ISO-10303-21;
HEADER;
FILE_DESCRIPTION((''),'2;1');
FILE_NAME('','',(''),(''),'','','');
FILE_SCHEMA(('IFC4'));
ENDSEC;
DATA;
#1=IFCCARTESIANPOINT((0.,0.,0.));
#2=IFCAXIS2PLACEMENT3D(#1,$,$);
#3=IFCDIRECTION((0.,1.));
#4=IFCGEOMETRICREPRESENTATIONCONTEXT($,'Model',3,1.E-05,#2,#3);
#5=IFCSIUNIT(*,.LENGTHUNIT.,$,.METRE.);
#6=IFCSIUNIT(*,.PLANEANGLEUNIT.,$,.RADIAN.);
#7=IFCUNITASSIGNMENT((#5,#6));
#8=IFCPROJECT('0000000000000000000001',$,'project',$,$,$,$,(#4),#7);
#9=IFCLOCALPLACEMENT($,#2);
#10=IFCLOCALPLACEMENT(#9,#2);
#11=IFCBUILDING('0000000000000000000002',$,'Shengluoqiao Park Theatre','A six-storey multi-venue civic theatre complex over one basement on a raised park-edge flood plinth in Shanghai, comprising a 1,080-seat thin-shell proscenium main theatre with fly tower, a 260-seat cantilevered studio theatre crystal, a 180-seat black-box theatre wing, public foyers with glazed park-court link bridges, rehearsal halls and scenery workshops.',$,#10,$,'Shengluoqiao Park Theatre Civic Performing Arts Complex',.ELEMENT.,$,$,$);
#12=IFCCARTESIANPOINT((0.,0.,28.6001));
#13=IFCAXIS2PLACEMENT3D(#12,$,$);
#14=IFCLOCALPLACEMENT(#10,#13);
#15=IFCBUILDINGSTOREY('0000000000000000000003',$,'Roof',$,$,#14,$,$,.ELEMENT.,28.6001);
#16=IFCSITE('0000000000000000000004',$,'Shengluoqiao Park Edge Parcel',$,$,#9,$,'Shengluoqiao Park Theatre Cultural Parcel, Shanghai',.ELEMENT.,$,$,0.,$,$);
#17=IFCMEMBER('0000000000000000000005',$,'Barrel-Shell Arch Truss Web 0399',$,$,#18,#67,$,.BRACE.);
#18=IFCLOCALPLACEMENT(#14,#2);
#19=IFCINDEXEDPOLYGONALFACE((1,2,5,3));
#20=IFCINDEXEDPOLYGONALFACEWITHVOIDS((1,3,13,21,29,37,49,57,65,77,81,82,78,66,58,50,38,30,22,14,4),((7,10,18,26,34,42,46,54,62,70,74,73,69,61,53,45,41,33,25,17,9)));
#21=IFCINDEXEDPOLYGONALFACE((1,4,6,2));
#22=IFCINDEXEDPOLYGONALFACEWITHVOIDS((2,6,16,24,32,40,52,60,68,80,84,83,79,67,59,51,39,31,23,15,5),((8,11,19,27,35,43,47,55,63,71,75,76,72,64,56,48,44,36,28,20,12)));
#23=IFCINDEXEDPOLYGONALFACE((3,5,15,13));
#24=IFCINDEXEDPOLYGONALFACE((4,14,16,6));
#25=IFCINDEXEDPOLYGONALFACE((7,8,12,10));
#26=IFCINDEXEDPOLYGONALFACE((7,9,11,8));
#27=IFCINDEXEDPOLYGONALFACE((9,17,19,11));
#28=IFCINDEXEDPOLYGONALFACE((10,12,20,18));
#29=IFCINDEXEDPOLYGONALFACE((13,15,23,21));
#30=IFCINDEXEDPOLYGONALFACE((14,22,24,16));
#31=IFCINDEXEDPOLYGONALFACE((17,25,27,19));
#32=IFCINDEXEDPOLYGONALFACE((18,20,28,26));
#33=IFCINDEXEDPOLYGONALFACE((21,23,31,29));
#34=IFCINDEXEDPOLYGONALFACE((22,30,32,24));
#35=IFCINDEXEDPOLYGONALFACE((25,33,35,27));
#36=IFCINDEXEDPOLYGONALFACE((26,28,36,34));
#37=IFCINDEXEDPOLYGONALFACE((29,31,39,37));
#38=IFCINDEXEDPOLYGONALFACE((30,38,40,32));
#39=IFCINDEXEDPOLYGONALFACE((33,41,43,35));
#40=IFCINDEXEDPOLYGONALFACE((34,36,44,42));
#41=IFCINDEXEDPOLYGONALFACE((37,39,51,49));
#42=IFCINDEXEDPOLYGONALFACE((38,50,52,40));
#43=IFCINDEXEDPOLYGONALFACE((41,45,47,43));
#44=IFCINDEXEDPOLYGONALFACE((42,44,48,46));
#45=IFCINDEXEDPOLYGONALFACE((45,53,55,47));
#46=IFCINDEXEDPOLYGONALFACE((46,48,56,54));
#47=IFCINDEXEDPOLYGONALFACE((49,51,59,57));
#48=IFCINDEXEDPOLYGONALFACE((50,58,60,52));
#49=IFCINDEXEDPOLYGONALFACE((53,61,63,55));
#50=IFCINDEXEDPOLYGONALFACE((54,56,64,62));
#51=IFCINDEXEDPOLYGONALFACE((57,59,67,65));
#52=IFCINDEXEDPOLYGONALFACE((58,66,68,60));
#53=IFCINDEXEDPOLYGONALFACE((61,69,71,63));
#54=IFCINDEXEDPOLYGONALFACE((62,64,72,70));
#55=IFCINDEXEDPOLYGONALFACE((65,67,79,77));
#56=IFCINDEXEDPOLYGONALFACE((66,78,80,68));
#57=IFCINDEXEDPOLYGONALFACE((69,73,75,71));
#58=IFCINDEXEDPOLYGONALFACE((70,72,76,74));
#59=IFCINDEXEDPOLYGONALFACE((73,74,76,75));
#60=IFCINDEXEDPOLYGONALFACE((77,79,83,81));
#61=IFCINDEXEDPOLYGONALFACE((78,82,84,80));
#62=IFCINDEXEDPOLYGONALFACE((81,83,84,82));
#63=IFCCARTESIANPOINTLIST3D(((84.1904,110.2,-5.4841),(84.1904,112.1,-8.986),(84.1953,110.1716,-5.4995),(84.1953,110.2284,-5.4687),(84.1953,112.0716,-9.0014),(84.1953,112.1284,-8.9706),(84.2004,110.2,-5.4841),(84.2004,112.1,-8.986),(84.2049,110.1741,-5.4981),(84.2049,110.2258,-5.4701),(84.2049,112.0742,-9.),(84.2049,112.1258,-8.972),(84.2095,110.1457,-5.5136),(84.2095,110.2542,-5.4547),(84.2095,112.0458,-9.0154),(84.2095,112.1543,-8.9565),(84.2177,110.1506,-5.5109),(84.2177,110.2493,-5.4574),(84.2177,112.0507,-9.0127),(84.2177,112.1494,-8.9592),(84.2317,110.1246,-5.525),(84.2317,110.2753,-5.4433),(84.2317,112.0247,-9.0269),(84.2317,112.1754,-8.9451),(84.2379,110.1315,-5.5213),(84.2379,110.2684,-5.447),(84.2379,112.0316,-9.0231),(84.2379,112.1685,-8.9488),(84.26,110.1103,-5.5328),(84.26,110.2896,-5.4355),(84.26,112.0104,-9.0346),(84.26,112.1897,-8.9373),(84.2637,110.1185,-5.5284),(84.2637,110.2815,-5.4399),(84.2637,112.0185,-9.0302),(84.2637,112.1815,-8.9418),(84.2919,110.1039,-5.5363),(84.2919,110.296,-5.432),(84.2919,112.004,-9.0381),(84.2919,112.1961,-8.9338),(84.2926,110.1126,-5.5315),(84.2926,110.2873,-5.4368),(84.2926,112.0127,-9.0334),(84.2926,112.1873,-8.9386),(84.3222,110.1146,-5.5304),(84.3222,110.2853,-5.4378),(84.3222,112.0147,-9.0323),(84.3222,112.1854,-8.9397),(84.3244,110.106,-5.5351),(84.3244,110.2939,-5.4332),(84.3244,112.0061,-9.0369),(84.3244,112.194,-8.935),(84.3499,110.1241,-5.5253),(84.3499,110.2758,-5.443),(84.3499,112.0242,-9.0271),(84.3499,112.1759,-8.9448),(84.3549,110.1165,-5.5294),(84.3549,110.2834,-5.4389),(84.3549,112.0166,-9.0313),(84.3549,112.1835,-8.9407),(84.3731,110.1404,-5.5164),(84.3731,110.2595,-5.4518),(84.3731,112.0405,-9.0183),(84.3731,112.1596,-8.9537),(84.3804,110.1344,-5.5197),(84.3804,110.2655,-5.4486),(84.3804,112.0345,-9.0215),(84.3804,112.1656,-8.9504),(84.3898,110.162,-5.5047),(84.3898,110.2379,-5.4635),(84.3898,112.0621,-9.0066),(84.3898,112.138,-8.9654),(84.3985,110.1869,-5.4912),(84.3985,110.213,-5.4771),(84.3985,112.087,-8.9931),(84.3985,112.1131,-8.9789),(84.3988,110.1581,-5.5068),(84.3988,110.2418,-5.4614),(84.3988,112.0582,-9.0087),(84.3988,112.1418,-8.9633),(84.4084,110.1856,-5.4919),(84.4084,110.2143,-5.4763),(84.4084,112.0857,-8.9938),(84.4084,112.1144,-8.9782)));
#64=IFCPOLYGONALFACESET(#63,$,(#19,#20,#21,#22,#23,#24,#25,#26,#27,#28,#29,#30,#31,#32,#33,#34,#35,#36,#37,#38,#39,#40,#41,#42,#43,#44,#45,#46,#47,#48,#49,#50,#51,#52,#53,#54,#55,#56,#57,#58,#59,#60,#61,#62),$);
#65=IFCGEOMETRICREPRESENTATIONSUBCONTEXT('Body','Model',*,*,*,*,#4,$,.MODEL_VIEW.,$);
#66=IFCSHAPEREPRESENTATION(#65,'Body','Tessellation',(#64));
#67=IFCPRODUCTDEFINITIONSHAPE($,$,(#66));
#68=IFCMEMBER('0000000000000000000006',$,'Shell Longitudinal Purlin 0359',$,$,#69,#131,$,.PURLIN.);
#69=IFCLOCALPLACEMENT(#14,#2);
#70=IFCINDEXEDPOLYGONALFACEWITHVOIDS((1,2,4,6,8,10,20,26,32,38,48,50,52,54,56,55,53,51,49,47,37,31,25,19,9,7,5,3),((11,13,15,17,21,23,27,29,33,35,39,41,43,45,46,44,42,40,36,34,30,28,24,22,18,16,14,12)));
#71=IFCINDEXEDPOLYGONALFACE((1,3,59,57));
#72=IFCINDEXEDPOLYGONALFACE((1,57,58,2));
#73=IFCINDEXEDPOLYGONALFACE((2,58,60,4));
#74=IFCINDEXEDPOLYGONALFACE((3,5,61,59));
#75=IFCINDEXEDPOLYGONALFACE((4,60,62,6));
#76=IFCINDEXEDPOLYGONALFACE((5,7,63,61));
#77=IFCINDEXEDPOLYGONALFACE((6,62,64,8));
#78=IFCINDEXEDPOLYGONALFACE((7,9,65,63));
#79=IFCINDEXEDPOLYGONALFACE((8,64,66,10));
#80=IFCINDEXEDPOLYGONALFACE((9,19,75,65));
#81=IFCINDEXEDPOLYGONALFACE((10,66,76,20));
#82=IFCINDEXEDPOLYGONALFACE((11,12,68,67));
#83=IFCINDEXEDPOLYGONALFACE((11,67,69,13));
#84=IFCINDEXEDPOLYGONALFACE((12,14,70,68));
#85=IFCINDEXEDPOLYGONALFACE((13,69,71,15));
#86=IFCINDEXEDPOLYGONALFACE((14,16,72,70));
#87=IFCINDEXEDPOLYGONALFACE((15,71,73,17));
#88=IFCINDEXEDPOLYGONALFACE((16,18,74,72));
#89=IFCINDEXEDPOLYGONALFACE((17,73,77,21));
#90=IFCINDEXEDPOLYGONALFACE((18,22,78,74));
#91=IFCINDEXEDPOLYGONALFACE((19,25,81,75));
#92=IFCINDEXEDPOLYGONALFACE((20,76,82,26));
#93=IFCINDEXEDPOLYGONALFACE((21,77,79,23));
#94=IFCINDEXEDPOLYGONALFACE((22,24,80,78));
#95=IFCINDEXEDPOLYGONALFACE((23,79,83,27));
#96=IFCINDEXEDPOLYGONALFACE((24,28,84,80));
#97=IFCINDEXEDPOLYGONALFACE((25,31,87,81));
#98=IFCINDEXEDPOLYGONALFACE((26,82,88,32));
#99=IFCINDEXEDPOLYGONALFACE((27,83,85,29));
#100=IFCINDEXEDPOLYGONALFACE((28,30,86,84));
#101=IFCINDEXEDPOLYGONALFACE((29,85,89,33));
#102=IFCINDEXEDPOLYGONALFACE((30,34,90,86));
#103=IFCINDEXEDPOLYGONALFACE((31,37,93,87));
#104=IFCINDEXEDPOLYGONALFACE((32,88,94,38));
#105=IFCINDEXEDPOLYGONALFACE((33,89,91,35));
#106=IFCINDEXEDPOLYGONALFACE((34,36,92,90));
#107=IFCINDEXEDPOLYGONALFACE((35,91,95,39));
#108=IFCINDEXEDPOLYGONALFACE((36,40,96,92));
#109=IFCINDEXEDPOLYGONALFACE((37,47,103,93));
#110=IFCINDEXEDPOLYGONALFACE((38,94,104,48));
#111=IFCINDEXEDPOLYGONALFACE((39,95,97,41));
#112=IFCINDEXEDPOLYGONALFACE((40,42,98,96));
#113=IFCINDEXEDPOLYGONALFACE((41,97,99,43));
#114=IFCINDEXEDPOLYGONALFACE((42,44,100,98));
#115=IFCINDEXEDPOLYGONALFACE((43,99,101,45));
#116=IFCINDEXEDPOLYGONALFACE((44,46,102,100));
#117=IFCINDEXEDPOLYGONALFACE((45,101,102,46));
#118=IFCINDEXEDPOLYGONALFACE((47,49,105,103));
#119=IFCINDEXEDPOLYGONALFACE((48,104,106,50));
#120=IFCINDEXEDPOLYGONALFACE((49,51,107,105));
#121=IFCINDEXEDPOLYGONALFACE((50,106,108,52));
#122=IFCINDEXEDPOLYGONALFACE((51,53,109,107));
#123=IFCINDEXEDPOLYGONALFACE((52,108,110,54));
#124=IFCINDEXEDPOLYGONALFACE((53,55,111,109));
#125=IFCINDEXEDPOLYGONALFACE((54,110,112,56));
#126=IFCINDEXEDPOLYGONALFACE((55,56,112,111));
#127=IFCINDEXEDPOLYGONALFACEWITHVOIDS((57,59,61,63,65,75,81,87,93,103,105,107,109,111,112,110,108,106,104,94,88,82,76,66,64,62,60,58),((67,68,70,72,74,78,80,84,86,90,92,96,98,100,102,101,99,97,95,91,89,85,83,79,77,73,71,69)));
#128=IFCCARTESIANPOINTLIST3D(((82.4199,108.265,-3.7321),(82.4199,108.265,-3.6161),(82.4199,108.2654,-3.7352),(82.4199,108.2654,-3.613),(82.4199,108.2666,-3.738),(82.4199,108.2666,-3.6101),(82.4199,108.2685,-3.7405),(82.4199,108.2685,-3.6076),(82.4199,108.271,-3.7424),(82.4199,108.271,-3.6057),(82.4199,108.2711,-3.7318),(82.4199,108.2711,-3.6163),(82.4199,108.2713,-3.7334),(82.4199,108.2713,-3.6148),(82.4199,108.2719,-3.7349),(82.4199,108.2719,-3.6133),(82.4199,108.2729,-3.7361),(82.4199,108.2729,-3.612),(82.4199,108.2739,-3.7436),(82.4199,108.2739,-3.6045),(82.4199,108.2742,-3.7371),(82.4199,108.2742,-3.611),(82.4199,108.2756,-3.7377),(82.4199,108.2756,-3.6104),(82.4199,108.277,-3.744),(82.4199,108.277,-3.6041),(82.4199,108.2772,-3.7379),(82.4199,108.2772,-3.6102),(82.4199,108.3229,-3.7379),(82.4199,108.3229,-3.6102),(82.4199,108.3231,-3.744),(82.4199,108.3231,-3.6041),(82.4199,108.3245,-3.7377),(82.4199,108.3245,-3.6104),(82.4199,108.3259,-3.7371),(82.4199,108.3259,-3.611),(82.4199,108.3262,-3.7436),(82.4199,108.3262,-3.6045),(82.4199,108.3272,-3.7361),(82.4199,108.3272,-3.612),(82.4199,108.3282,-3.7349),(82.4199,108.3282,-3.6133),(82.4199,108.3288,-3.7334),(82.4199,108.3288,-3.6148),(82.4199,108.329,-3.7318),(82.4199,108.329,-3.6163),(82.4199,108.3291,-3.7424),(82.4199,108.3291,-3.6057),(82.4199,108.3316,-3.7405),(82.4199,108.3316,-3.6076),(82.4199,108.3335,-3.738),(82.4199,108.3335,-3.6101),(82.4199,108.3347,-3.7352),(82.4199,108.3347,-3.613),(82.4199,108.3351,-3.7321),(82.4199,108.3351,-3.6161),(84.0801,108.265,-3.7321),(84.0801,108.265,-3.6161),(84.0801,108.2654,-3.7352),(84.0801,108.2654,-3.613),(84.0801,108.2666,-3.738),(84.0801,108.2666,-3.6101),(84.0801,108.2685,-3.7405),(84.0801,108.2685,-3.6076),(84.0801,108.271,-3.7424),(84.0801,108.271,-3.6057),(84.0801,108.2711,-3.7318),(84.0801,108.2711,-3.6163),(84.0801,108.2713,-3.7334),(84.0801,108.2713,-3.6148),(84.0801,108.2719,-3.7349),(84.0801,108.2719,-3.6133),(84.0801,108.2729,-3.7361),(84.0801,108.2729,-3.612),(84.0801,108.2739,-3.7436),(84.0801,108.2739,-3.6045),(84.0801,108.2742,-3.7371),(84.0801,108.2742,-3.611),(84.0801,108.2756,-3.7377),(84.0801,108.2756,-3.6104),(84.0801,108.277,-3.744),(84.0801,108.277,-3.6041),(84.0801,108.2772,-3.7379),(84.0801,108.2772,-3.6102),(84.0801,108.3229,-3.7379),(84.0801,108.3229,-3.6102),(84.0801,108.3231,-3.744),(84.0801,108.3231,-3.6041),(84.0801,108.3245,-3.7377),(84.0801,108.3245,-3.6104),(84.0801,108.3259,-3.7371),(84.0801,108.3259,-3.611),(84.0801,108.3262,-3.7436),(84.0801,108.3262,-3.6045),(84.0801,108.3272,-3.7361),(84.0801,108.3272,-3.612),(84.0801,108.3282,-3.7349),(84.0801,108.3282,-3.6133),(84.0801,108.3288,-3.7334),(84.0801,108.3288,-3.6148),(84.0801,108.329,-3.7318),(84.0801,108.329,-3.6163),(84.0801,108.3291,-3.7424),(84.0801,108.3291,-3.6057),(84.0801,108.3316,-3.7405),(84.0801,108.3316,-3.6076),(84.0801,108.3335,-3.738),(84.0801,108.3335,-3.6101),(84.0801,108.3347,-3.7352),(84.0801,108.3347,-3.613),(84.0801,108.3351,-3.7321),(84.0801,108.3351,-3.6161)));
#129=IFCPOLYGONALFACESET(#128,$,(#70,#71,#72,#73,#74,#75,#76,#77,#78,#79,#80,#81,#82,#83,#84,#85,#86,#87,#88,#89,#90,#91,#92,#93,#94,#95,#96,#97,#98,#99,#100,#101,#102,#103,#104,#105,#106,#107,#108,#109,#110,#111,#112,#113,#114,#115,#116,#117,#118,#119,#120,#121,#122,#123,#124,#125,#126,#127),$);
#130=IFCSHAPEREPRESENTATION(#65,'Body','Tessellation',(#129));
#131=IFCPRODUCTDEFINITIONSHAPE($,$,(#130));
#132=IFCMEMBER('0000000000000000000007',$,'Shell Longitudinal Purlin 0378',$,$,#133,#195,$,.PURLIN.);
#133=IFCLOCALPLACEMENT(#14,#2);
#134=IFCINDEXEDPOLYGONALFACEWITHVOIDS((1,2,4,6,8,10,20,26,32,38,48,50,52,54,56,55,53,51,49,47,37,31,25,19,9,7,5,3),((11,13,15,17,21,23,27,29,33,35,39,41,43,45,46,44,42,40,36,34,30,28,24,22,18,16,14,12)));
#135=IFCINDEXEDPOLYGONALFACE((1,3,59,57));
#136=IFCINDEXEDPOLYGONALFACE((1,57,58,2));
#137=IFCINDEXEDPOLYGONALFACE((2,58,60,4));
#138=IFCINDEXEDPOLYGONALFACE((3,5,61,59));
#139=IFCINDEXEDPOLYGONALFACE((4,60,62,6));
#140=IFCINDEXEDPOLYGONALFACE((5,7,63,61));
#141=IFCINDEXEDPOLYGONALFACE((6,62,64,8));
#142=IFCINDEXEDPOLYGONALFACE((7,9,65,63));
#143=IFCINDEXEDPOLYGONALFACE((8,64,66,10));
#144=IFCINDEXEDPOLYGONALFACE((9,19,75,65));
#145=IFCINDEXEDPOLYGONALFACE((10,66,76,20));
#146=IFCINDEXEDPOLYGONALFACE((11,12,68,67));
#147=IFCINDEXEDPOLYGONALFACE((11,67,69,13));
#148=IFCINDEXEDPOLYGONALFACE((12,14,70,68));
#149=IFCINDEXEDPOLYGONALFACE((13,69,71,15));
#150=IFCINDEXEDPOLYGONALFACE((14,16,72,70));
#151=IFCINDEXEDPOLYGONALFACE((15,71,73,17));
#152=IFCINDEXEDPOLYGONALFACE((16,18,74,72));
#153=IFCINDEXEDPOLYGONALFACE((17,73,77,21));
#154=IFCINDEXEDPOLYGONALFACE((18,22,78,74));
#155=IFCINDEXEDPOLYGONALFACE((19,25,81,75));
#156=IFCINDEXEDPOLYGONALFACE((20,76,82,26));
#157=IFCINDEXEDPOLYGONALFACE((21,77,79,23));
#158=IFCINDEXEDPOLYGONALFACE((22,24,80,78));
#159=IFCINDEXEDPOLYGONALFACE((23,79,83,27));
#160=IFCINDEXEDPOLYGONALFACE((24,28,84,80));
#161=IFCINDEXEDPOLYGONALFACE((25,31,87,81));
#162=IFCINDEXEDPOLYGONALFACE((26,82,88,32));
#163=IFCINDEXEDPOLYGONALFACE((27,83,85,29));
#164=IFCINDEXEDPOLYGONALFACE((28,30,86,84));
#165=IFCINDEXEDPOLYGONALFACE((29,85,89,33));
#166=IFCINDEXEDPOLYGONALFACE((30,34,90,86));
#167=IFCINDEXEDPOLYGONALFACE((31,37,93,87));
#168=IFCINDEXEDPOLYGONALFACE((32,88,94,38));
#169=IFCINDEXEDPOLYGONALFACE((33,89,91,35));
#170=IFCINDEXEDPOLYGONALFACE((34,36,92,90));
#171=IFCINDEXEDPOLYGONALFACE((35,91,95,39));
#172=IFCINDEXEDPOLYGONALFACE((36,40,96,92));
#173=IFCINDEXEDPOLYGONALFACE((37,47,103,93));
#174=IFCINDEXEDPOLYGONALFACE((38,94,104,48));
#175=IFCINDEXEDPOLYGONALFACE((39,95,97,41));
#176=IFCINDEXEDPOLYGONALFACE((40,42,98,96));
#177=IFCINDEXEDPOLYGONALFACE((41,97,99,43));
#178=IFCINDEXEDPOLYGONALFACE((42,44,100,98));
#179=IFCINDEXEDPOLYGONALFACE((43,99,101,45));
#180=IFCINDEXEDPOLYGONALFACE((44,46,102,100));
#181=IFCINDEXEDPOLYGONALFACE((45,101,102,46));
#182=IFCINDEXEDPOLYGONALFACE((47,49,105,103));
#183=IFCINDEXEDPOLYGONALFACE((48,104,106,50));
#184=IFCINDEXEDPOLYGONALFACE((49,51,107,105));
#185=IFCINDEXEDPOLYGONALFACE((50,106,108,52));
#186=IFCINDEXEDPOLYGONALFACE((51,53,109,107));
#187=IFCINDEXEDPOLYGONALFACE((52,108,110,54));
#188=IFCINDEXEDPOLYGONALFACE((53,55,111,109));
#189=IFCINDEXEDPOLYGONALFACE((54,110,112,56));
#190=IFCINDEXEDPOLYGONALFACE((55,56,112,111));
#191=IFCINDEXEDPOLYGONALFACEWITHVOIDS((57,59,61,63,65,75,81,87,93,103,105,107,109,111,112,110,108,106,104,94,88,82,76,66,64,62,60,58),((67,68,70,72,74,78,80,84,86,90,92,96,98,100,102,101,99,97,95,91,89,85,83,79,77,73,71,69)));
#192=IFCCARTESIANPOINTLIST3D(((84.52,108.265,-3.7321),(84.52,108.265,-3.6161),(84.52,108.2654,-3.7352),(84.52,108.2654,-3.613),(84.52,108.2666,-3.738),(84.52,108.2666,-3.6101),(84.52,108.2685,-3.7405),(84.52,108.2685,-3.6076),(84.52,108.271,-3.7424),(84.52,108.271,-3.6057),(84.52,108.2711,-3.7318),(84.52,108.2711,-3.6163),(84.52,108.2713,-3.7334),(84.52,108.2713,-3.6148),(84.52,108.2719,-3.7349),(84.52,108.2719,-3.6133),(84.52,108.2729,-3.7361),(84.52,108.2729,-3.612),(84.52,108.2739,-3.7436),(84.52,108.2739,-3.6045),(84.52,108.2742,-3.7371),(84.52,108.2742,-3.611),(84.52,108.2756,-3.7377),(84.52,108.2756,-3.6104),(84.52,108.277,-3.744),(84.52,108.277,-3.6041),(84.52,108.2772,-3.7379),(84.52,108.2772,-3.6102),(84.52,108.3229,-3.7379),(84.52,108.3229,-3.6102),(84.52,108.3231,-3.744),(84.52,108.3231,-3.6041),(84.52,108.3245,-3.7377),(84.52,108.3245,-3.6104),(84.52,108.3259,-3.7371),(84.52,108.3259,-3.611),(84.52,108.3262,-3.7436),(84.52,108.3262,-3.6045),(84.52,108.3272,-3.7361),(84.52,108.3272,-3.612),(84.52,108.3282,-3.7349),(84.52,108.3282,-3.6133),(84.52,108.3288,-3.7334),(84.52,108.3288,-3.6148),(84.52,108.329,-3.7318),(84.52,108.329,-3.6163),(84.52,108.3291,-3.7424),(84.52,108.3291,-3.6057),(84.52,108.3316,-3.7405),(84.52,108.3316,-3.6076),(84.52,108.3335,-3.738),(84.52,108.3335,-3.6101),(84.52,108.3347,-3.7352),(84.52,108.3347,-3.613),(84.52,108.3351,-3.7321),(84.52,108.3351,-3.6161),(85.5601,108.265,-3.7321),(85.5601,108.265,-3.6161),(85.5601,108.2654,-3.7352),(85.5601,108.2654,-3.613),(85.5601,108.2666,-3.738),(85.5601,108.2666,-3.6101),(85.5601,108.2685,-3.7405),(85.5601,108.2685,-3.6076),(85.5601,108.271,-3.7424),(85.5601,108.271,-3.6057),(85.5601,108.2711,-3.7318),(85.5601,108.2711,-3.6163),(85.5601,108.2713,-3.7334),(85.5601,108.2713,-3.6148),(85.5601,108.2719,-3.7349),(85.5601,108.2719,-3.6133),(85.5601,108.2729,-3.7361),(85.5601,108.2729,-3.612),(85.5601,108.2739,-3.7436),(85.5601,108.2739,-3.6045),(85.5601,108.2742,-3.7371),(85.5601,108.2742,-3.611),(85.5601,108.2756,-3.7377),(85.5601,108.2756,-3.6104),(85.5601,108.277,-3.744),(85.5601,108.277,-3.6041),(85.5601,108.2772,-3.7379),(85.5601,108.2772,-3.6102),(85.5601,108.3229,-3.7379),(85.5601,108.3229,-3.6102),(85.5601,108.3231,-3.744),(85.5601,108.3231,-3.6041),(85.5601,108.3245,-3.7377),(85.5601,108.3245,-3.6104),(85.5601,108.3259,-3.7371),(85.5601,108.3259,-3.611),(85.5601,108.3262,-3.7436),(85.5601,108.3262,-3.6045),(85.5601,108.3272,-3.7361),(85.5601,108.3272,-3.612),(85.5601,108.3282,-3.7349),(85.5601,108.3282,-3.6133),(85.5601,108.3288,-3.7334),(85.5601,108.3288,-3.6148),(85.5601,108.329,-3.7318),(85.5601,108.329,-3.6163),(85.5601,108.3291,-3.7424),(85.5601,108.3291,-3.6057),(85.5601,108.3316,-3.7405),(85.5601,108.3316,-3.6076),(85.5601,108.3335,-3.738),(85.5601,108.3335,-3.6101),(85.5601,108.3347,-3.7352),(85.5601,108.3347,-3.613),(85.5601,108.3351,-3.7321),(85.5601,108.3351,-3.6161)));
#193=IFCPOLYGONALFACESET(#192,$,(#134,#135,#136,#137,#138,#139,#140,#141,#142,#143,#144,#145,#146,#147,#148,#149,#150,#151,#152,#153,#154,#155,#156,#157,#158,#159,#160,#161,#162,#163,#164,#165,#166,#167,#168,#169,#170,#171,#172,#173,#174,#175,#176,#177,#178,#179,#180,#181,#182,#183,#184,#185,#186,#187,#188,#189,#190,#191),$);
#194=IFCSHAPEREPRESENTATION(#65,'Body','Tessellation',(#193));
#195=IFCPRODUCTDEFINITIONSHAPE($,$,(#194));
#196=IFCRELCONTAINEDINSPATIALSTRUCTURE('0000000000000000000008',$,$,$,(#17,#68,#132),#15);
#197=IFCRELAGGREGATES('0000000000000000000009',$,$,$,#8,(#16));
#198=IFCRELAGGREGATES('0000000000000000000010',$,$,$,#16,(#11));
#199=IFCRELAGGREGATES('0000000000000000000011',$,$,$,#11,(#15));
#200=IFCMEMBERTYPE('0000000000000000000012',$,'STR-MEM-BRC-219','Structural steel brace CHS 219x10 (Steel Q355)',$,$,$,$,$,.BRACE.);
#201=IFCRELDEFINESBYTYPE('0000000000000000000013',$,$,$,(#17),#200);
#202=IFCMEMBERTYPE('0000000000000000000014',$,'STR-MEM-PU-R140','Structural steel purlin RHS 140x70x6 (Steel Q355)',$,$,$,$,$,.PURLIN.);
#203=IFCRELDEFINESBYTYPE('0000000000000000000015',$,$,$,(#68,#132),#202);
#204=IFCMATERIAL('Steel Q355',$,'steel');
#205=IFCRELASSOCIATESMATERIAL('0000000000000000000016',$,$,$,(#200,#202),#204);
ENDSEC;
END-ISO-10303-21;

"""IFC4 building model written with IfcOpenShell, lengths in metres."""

from ifc_helpers import new_model, si_unit, direction, frame, origin, origin_2d, place, context, subcontext, project, spatial, hollow_rectangle, hollow_circle, extrude, material, material_profile, profile_set, type_object, element, save


model = new_model("IFC4")

# Units and contexts
model_context = context("Model", 3, precision=1e-05, world=origin(), true_north=direction((0.0, 1.0)))
body_context = subcontext(model_context, "Body", "Model", "MODEL_VIEW")
ifc_project = project(units=[si_unit("LENGTHUNIT", "METRE"), si_unit("PLANEANGLEUNIT", "RADIAN")], contexts=[model_context])

# Site, building, storey
site_placement = place(None, origin())
site = spatial("IfcSite", under=ifc_project, at=site_placement, Name="Shengluoqiao Park Edge Parcel", LongName="Shengluoqiao Park Theatre Cultural Parcel, Shanghai", CompositionType="ELEMENT", RefElevation=0.0)
building_placement = place(site_placement, origin())
building = spatial("IfcBuilding", under=site, at=building_placement, Name="Shengluoqiao Park Theatre", Description="A six-storey multi-venue civic theatre complex over one basement on a raised park-edge flood plinth in Shanghai, comprising a 1,080-seat thin-shell proscenium main theatre with fly tower, a 260-seat cantilevered studio theatre crystal, a 180-seat black-box theatre wing, public foyers with glazed park-court link bridges, rehearsal halls and scenery workshops.", LongName="Shengluoqiao Park Theatre Civic Performing Arts Complex", CompositionType="ELEMENT")
storey_placement = place(building_placement, frame((0.0, 0.0, 28.6001)))
storey = spatial("IfcBuildingStorey", under=building, at=storey_placement, Name="Roof", CompositionType="ELEMENT", Elevation=28.6001)

# Shared definitions
ifc_material_1 = material(Name="Steel Q355", Category="steel")

# Members
ifc_material_profile_1 = material_profile(ifc_material_1, hollow_circle(Radius=0.1096, WallThickness=0.01, at=origin_2d()), Name="CHS 219x10")
ifc_profile_set_1 = profile_set([ifc_material_profile_1], Name="Steel Q355")
member_type_1 = type_object("IfcMemberType", Name="STR-MEM-BRC-219", Description="Structural steel brace CHS 219x10 (Steel Q355)", PredefinedType="BRACE", material=ifc_profile_set_1)
member_1_placement = place(storey_placement, frame((84.3, 110.2, -5.4841), z_axis=(0.0, 0.476915, -0.87895), x_axis=(-1.0, 0.0, 0.0)))
element("IfcMember", 1, at=member_1_placement, inside=storey, type_object=member_type_1, Name="Barrel-Shell Arch Truss Web 0399", PredefinedType="BRACE", context=body_context, shape_type="SweptSolid", body=[
    extrude(hollow_circle(Radius=0.1096, WallThickness=0.01, at=origin_2d()), origin(), (0.0, 0.0, 1.0), 3.9841),
])
ifc_material_profile_2 = material_profile(ifc_material_1, hollow_rectangle(XDim=0.0701, YDim=0.1399, WallThickness=0.0061, InnerFilletRadius=0.0061, OuterFilletRadius=0.012, at=origin_2d()), Name="RHS 140x70x6")
ifc_profile_set_2 = profile_set([ifc_material_profile_2], Name="Steel Q355")
member_type_2 = type_object("IfcMemberType", Name="STR-MEM-PU-R140", Description="Structural steel purlin RHS 140x70x6 (Steel Q355)", PredefinedType="PURLIN", material=ifc_profile_set_2)
member_2_placement = place(storey_placement, frame((82.4199, 108.3, -3.6741), z_axis=(1.0, 0.0, 0.0), x_axis=(0.0, 1.0, 0.0)))
element("IfcMember", 2, at=member_2_placement, inside=storey, type_object=member_type_2, Name="Shell Longitudinal Purlin 0359", PredefinedType="PURLIN", context=body_context, shape_type="SweptSolid", body=[
    extrude(hollow_rectangle(XDim=0.0701, YDim=0.1399, WallThickness=0.0061, InnerFilletRadius=0.0061, OuterFilletRadius=0.012, at=origin_2d()), origin(), (0.0, 0.0, 1.0), 1.6602),
])
member_3_placement = place(storey_placement, frame((84.52, 108.3, -3.6741), z_axis=(1.0, 0.0, 0.0), x_axis=(0.0, 1.0, 0.0)))
element("IfcMember", 3, at=member_3_placement, inside=storey, type_object=member_type_2, Name="Shell Longitudinal Purlin 0378", PredefinedType="PURLIN", context=body_context, shape_type="SweptSolid", body=[
    extrude(hollow_rectangle(XDim=0.0701, YDim=0.1399, WallThickness=0.0061, InnerFilletRadius=0.0061, OuterFilletRadius=0.012, at=origin_2d()), origin(), (0.0, 0.0, 1.0), 1.04),
])

save(model, "model.ifc")
